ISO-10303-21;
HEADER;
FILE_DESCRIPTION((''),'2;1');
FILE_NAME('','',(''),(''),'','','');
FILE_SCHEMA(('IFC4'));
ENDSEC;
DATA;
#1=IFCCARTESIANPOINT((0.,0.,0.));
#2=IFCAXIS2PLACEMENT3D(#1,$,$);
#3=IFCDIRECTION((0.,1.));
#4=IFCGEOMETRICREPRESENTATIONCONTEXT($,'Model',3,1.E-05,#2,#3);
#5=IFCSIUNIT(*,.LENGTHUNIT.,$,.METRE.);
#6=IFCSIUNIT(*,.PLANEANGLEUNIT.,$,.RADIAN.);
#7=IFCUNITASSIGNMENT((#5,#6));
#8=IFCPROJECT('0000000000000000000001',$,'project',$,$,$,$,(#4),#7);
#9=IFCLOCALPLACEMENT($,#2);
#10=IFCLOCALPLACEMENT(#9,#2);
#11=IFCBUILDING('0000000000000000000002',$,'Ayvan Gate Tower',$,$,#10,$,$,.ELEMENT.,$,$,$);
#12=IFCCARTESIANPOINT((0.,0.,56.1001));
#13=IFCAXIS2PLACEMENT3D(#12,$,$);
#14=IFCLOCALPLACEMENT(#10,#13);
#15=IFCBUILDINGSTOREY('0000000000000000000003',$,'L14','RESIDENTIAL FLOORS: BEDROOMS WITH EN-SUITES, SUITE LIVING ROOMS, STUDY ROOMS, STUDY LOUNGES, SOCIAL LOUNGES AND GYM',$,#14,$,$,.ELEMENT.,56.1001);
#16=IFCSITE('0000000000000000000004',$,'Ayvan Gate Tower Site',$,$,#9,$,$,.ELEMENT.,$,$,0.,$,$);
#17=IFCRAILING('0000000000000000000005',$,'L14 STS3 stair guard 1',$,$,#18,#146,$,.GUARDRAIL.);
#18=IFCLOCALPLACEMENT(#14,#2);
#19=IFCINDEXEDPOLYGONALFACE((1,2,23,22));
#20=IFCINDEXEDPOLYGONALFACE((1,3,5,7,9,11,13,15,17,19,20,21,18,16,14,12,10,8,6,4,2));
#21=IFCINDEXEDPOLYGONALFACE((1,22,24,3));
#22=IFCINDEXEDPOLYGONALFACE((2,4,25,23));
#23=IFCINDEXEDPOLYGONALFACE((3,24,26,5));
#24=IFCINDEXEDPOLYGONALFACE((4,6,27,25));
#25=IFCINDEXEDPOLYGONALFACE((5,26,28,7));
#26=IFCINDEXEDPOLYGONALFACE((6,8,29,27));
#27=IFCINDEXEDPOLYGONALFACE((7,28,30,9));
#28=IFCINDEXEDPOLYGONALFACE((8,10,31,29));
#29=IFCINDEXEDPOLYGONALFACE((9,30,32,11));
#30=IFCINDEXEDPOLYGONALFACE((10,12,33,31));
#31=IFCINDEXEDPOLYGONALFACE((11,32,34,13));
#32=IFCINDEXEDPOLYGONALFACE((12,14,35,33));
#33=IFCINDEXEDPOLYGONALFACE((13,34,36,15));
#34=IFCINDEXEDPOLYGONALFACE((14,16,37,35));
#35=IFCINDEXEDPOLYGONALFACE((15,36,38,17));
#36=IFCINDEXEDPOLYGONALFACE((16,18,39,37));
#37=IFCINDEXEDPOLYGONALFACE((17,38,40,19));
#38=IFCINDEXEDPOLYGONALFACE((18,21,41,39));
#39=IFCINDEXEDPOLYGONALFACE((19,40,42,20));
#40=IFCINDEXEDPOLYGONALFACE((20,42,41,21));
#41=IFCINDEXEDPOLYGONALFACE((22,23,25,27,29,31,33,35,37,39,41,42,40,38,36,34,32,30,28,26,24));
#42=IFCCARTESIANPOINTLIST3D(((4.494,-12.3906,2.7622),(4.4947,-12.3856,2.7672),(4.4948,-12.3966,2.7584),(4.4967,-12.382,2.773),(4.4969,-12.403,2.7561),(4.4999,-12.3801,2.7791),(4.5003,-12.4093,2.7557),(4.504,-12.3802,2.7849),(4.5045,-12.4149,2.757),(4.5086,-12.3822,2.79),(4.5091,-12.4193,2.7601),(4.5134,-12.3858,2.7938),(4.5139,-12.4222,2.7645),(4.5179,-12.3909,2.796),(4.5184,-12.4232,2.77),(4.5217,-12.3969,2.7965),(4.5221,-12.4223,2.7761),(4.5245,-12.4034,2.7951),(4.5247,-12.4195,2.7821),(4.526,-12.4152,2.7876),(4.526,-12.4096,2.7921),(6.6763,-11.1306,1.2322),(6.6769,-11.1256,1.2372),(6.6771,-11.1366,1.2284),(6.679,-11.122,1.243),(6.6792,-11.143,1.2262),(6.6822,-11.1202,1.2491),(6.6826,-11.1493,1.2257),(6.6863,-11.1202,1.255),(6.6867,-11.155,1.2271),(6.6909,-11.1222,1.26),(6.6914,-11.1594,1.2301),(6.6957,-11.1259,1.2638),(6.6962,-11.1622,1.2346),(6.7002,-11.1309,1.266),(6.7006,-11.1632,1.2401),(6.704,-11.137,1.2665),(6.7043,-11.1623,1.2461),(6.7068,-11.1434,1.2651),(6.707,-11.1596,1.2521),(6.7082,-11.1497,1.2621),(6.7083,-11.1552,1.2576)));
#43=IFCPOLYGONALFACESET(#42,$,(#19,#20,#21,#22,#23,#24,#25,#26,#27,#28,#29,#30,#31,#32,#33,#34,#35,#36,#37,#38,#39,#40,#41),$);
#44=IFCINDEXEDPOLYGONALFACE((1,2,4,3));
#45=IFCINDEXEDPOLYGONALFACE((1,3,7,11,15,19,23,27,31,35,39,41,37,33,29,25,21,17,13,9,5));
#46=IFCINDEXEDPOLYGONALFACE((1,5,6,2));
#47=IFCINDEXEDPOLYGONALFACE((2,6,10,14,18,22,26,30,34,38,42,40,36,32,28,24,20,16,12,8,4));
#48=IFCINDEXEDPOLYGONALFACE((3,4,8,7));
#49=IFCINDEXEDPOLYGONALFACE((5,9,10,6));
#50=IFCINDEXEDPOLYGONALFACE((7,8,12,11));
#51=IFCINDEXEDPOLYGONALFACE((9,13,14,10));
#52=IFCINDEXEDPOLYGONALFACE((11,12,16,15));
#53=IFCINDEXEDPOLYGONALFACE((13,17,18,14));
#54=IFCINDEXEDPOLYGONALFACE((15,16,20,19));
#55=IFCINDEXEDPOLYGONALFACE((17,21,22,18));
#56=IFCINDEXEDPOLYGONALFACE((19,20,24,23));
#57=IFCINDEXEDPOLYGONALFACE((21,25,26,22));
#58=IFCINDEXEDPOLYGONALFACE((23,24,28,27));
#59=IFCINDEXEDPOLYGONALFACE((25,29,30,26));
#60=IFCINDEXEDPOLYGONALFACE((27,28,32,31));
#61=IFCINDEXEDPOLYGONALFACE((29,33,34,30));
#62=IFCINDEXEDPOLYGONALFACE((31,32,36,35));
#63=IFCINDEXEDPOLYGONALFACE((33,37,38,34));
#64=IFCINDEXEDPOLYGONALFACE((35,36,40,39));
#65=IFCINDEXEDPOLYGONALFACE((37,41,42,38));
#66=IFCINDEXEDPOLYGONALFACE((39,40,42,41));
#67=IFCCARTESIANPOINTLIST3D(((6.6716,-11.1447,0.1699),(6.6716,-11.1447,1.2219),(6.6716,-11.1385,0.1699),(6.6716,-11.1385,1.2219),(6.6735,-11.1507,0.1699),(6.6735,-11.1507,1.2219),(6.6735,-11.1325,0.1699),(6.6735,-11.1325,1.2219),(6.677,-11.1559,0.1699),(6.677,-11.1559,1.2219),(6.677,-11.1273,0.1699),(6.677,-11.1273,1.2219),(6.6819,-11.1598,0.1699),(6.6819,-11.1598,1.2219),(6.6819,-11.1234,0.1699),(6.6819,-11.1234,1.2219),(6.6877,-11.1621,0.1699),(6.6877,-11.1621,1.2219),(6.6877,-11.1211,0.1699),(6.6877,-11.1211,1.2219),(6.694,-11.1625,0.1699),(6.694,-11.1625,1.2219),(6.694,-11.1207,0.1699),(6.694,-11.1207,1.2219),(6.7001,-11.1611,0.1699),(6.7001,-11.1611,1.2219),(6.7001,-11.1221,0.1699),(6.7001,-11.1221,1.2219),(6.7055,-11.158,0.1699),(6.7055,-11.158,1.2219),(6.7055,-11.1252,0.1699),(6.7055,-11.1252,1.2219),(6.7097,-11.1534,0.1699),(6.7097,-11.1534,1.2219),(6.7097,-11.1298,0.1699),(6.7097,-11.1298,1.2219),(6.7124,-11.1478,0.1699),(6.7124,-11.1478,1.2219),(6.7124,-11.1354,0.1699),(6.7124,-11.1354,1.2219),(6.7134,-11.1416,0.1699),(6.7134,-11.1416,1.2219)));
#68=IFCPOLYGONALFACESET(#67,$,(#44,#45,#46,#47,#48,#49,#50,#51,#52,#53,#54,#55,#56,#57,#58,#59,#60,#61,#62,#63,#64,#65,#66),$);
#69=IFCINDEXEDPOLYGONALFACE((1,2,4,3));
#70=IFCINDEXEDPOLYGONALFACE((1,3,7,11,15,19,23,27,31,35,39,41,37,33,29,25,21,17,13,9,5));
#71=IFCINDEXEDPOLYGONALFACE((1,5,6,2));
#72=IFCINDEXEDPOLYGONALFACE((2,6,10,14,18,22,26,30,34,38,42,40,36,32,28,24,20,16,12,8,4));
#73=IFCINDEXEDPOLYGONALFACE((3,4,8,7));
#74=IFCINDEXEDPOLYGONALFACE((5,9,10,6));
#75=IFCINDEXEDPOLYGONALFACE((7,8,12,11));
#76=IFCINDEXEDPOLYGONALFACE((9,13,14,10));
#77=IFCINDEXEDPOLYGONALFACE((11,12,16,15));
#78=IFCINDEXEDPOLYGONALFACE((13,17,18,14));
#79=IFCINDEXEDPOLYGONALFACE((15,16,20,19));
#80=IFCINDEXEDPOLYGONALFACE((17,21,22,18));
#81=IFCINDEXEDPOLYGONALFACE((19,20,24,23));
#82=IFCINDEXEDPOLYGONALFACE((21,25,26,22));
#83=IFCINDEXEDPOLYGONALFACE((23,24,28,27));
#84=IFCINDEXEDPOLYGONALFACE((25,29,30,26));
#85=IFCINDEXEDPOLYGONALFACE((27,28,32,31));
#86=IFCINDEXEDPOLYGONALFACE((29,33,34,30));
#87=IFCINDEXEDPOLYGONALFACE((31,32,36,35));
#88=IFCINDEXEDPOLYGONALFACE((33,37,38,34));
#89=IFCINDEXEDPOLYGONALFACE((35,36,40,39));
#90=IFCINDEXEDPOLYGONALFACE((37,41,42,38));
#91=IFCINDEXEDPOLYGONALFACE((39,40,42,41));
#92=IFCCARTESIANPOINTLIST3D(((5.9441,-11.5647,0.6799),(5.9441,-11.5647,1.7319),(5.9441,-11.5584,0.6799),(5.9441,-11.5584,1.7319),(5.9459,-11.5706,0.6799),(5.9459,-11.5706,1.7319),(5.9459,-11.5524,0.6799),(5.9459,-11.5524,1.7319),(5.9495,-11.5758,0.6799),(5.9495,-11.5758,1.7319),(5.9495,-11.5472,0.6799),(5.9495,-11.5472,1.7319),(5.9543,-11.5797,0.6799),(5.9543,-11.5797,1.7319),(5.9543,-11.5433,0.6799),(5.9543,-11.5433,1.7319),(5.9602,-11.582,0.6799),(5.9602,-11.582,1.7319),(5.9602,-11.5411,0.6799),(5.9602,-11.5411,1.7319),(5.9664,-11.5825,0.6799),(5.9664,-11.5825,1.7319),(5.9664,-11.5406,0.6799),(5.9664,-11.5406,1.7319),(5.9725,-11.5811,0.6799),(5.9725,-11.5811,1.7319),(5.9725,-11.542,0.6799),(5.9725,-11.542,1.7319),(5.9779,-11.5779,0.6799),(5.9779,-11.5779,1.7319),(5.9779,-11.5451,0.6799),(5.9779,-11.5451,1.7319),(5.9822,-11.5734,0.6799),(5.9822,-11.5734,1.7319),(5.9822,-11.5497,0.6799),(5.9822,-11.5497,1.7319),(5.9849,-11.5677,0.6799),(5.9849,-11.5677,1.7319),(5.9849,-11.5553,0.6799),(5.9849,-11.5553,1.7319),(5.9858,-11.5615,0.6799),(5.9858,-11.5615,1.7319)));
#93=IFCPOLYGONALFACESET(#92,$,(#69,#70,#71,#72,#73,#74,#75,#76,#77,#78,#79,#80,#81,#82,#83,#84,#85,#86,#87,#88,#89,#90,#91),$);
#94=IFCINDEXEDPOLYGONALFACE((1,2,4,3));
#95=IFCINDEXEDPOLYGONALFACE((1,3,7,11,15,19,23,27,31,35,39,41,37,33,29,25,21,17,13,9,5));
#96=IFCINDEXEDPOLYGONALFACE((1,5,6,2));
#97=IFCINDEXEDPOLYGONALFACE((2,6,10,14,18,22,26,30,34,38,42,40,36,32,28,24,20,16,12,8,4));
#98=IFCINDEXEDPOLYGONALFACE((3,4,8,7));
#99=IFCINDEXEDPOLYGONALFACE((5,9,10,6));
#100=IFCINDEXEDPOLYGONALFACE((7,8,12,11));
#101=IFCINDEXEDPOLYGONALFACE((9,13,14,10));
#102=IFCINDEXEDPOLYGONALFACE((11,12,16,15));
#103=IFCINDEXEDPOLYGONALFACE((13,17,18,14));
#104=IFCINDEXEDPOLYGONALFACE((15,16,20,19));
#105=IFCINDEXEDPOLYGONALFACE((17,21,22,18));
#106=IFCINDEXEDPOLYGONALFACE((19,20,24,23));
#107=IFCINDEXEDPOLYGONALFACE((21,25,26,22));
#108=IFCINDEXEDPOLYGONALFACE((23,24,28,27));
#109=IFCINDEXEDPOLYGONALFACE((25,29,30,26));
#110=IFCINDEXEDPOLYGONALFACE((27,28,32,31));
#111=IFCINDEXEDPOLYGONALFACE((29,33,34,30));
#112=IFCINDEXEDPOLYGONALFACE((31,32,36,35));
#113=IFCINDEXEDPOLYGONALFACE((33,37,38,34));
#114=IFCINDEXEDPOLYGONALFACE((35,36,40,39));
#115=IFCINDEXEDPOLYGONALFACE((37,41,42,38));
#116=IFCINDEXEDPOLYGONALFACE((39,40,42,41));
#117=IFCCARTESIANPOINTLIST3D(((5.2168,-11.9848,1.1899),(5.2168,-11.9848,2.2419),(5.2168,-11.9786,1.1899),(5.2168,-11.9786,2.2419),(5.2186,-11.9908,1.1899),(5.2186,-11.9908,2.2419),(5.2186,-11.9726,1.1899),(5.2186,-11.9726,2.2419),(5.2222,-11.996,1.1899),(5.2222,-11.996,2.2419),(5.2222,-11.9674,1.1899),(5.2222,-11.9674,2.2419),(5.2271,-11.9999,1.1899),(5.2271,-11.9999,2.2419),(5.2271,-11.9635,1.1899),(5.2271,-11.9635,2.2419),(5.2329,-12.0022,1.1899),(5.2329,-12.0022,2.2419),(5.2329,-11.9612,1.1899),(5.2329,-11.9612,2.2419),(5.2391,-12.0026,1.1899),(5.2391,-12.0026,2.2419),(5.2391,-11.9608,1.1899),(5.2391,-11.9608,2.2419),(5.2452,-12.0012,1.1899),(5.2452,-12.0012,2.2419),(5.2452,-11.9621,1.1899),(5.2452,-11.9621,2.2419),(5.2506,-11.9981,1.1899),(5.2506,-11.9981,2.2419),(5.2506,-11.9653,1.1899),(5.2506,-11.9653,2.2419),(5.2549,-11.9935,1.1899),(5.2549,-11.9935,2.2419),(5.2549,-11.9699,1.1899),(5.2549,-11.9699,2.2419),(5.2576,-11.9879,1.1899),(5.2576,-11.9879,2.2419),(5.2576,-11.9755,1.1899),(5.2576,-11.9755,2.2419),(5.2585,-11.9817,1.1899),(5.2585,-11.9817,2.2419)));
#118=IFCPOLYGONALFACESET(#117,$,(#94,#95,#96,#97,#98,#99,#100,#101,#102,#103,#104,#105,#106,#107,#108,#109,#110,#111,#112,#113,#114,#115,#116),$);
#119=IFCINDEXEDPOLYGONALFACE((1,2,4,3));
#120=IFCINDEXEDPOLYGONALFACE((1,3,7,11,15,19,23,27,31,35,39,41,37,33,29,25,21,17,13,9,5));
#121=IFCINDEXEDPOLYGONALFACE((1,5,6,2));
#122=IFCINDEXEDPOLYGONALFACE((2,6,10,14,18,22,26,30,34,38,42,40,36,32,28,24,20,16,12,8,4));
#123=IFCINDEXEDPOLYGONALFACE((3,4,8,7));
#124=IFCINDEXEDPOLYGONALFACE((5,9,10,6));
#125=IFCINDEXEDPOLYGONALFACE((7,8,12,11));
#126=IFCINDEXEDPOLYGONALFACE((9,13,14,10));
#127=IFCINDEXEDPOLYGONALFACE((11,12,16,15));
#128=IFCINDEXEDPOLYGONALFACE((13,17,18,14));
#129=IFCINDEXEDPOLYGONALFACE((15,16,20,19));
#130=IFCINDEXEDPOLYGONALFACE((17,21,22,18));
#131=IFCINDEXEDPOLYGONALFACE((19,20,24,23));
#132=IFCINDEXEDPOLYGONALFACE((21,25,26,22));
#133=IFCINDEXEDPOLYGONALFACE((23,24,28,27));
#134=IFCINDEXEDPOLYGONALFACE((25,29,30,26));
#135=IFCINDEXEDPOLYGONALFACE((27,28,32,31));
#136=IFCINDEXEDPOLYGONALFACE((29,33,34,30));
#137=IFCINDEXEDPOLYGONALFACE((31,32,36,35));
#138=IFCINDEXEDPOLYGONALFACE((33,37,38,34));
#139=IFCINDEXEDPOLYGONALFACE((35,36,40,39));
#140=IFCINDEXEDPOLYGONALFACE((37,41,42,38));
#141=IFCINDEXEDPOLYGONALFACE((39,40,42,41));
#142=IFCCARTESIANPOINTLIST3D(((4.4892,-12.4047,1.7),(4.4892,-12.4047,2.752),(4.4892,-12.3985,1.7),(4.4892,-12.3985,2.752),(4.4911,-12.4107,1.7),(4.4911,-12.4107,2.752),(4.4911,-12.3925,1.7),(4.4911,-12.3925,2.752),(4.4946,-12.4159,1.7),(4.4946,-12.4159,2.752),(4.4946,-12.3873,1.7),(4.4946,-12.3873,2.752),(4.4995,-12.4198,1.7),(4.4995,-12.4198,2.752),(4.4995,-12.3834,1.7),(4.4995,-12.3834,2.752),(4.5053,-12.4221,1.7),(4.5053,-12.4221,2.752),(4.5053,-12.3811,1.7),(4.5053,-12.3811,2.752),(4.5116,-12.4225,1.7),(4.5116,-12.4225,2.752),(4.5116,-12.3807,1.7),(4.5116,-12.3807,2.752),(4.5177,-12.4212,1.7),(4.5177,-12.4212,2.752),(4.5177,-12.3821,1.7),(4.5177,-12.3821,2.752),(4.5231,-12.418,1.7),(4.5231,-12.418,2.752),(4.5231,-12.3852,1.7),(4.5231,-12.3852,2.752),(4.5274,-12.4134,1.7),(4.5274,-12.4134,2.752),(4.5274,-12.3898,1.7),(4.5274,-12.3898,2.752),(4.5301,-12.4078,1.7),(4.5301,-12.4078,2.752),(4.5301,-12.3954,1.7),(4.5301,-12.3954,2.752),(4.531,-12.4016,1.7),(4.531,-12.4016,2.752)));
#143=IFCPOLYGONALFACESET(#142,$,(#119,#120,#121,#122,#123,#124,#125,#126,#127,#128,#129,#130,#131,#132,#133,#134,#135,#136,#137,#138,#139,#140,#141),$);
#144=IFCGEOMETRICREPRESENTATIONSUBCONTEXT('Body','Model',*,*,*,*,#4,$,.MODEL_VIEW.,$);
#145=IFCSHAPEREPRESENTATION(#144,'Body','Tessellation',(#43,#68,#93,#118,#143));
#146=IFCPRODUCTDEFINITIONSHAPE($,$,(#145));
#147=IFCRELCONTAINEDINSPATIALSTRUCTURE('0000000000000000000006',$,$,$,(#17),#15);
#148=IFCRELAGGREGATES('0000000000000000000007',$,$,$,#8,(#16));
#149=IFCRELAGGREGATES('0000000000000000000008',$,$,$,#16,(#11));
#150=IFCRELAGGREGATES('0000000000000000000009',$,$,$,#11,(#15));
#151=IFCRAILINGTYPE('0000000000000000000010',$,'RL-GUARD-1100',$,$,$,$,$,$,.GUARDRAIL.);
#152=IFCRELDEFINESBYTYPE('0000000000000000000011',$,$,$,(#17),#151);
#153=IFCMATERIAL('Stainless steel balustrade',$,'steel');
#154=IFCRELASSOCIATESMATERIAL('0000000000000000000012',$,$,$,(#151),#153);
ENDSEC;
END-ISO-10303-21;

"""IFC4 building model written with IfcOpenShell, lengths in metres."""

from ifc_helpers import new_model, si_unit, direction, frame, origin, origin_2d, place, context, subcontext, project, spatial, circle, extrude, material, type_object, element, save


model = new_model("IFC4")

# Units and contexts
model_context = context("Model", 3, precision=1e-05, world=origin(), true_north=direction((0.0, 1.0)))
body_context = subcontext(model_context, "Body", "Model", "MODEL_VIEW")
ifc_project = project(units=[si_unit("LENGTHUNIT", "METRE"), si_unit("PLANEANGLEUNIT", "RADIAN")], contexts=[model_context])

# Site, building, storey
site_placement = place(None, origin())
site = spatial("IfcSite", under=ifc_project, at=site_placement, Name="Ayvan Gate Tower Site", CompositionType="ELEMENT", RefElevation=0.0)
building_placement = place(site_placement, origin())
building = spatial("IfcBuilding", under=site, at=building_placement, Name="Ayvan Gate Tower", CompositionType="ELEMENT")
storey_placement = place(building_placement, frame((0.0, 0.0, 56.1001)))
storey = spatial("IfcBuildingStorey", under=building, at=storey_placement, Name="L14", Description="RESIDENTIAL FLOORS: BEDROOMS WITH EN-SUITES, SUITE LIVING ROOMS, STUDY ROOMS, STUDY LOUNGES, SOCIAL LOUNGES AND GYM", CompositionType="ELEMENT", Elevation=56.1001)

# Railing
ifc_material_1 = material(Name="Stainless steel balustrade", Category="steel")
railing_type_1 = type_object("IfcRailingType", Name="RL-GUARD-1100", PredefinedType="GUARDRAIL", material=ifc_material_1)
railing_1_placement = place(storey_placement, frame((6.6924, -11.1416, 0.1699)))
element("IfcRailing", 1, at=railing_1_placement, inside=storey, type_object=railing_type_1, Name="L14 STS3 stair guard 1", PredefinedType="GUARDRAIL", context=body_context, shape_type="SweptSolid", body=[
    extrude(circle(Radius=0.0239, at=origin_2d()), frame((0.0, 0.0, 1.0762), z_axis=(-0.740261, -0.427395, 0.518986), x_axis=(0.500005, -0.866023, 0.0)), (0.0, 0.0, 1.0), 2.948),
    extrude(circle(Radius=0.021, at=origin_2d()), origin(), (0.0, 0.0, 1.0), 1.052),
    extrude(circle(Radius=0.021, at=origin_2d()), frame((-0.7275, -0.4199, 0.51)), (0.0, 0.0, 1.0), 1.052),
    extrude(circle(Radius=0.021, at=origin_2d()), frame((-1.4548, -0.8401, 1.02)), (0.0, 0.0, 1.0), 1.052),
    extrude(circle(Radius=0.021, at=origin_2d()), frame((-2.1824, -1.26, 1.53)), (0.0, 0.0, 1.0), 1.052),
])

save(model, "model.ifc")
